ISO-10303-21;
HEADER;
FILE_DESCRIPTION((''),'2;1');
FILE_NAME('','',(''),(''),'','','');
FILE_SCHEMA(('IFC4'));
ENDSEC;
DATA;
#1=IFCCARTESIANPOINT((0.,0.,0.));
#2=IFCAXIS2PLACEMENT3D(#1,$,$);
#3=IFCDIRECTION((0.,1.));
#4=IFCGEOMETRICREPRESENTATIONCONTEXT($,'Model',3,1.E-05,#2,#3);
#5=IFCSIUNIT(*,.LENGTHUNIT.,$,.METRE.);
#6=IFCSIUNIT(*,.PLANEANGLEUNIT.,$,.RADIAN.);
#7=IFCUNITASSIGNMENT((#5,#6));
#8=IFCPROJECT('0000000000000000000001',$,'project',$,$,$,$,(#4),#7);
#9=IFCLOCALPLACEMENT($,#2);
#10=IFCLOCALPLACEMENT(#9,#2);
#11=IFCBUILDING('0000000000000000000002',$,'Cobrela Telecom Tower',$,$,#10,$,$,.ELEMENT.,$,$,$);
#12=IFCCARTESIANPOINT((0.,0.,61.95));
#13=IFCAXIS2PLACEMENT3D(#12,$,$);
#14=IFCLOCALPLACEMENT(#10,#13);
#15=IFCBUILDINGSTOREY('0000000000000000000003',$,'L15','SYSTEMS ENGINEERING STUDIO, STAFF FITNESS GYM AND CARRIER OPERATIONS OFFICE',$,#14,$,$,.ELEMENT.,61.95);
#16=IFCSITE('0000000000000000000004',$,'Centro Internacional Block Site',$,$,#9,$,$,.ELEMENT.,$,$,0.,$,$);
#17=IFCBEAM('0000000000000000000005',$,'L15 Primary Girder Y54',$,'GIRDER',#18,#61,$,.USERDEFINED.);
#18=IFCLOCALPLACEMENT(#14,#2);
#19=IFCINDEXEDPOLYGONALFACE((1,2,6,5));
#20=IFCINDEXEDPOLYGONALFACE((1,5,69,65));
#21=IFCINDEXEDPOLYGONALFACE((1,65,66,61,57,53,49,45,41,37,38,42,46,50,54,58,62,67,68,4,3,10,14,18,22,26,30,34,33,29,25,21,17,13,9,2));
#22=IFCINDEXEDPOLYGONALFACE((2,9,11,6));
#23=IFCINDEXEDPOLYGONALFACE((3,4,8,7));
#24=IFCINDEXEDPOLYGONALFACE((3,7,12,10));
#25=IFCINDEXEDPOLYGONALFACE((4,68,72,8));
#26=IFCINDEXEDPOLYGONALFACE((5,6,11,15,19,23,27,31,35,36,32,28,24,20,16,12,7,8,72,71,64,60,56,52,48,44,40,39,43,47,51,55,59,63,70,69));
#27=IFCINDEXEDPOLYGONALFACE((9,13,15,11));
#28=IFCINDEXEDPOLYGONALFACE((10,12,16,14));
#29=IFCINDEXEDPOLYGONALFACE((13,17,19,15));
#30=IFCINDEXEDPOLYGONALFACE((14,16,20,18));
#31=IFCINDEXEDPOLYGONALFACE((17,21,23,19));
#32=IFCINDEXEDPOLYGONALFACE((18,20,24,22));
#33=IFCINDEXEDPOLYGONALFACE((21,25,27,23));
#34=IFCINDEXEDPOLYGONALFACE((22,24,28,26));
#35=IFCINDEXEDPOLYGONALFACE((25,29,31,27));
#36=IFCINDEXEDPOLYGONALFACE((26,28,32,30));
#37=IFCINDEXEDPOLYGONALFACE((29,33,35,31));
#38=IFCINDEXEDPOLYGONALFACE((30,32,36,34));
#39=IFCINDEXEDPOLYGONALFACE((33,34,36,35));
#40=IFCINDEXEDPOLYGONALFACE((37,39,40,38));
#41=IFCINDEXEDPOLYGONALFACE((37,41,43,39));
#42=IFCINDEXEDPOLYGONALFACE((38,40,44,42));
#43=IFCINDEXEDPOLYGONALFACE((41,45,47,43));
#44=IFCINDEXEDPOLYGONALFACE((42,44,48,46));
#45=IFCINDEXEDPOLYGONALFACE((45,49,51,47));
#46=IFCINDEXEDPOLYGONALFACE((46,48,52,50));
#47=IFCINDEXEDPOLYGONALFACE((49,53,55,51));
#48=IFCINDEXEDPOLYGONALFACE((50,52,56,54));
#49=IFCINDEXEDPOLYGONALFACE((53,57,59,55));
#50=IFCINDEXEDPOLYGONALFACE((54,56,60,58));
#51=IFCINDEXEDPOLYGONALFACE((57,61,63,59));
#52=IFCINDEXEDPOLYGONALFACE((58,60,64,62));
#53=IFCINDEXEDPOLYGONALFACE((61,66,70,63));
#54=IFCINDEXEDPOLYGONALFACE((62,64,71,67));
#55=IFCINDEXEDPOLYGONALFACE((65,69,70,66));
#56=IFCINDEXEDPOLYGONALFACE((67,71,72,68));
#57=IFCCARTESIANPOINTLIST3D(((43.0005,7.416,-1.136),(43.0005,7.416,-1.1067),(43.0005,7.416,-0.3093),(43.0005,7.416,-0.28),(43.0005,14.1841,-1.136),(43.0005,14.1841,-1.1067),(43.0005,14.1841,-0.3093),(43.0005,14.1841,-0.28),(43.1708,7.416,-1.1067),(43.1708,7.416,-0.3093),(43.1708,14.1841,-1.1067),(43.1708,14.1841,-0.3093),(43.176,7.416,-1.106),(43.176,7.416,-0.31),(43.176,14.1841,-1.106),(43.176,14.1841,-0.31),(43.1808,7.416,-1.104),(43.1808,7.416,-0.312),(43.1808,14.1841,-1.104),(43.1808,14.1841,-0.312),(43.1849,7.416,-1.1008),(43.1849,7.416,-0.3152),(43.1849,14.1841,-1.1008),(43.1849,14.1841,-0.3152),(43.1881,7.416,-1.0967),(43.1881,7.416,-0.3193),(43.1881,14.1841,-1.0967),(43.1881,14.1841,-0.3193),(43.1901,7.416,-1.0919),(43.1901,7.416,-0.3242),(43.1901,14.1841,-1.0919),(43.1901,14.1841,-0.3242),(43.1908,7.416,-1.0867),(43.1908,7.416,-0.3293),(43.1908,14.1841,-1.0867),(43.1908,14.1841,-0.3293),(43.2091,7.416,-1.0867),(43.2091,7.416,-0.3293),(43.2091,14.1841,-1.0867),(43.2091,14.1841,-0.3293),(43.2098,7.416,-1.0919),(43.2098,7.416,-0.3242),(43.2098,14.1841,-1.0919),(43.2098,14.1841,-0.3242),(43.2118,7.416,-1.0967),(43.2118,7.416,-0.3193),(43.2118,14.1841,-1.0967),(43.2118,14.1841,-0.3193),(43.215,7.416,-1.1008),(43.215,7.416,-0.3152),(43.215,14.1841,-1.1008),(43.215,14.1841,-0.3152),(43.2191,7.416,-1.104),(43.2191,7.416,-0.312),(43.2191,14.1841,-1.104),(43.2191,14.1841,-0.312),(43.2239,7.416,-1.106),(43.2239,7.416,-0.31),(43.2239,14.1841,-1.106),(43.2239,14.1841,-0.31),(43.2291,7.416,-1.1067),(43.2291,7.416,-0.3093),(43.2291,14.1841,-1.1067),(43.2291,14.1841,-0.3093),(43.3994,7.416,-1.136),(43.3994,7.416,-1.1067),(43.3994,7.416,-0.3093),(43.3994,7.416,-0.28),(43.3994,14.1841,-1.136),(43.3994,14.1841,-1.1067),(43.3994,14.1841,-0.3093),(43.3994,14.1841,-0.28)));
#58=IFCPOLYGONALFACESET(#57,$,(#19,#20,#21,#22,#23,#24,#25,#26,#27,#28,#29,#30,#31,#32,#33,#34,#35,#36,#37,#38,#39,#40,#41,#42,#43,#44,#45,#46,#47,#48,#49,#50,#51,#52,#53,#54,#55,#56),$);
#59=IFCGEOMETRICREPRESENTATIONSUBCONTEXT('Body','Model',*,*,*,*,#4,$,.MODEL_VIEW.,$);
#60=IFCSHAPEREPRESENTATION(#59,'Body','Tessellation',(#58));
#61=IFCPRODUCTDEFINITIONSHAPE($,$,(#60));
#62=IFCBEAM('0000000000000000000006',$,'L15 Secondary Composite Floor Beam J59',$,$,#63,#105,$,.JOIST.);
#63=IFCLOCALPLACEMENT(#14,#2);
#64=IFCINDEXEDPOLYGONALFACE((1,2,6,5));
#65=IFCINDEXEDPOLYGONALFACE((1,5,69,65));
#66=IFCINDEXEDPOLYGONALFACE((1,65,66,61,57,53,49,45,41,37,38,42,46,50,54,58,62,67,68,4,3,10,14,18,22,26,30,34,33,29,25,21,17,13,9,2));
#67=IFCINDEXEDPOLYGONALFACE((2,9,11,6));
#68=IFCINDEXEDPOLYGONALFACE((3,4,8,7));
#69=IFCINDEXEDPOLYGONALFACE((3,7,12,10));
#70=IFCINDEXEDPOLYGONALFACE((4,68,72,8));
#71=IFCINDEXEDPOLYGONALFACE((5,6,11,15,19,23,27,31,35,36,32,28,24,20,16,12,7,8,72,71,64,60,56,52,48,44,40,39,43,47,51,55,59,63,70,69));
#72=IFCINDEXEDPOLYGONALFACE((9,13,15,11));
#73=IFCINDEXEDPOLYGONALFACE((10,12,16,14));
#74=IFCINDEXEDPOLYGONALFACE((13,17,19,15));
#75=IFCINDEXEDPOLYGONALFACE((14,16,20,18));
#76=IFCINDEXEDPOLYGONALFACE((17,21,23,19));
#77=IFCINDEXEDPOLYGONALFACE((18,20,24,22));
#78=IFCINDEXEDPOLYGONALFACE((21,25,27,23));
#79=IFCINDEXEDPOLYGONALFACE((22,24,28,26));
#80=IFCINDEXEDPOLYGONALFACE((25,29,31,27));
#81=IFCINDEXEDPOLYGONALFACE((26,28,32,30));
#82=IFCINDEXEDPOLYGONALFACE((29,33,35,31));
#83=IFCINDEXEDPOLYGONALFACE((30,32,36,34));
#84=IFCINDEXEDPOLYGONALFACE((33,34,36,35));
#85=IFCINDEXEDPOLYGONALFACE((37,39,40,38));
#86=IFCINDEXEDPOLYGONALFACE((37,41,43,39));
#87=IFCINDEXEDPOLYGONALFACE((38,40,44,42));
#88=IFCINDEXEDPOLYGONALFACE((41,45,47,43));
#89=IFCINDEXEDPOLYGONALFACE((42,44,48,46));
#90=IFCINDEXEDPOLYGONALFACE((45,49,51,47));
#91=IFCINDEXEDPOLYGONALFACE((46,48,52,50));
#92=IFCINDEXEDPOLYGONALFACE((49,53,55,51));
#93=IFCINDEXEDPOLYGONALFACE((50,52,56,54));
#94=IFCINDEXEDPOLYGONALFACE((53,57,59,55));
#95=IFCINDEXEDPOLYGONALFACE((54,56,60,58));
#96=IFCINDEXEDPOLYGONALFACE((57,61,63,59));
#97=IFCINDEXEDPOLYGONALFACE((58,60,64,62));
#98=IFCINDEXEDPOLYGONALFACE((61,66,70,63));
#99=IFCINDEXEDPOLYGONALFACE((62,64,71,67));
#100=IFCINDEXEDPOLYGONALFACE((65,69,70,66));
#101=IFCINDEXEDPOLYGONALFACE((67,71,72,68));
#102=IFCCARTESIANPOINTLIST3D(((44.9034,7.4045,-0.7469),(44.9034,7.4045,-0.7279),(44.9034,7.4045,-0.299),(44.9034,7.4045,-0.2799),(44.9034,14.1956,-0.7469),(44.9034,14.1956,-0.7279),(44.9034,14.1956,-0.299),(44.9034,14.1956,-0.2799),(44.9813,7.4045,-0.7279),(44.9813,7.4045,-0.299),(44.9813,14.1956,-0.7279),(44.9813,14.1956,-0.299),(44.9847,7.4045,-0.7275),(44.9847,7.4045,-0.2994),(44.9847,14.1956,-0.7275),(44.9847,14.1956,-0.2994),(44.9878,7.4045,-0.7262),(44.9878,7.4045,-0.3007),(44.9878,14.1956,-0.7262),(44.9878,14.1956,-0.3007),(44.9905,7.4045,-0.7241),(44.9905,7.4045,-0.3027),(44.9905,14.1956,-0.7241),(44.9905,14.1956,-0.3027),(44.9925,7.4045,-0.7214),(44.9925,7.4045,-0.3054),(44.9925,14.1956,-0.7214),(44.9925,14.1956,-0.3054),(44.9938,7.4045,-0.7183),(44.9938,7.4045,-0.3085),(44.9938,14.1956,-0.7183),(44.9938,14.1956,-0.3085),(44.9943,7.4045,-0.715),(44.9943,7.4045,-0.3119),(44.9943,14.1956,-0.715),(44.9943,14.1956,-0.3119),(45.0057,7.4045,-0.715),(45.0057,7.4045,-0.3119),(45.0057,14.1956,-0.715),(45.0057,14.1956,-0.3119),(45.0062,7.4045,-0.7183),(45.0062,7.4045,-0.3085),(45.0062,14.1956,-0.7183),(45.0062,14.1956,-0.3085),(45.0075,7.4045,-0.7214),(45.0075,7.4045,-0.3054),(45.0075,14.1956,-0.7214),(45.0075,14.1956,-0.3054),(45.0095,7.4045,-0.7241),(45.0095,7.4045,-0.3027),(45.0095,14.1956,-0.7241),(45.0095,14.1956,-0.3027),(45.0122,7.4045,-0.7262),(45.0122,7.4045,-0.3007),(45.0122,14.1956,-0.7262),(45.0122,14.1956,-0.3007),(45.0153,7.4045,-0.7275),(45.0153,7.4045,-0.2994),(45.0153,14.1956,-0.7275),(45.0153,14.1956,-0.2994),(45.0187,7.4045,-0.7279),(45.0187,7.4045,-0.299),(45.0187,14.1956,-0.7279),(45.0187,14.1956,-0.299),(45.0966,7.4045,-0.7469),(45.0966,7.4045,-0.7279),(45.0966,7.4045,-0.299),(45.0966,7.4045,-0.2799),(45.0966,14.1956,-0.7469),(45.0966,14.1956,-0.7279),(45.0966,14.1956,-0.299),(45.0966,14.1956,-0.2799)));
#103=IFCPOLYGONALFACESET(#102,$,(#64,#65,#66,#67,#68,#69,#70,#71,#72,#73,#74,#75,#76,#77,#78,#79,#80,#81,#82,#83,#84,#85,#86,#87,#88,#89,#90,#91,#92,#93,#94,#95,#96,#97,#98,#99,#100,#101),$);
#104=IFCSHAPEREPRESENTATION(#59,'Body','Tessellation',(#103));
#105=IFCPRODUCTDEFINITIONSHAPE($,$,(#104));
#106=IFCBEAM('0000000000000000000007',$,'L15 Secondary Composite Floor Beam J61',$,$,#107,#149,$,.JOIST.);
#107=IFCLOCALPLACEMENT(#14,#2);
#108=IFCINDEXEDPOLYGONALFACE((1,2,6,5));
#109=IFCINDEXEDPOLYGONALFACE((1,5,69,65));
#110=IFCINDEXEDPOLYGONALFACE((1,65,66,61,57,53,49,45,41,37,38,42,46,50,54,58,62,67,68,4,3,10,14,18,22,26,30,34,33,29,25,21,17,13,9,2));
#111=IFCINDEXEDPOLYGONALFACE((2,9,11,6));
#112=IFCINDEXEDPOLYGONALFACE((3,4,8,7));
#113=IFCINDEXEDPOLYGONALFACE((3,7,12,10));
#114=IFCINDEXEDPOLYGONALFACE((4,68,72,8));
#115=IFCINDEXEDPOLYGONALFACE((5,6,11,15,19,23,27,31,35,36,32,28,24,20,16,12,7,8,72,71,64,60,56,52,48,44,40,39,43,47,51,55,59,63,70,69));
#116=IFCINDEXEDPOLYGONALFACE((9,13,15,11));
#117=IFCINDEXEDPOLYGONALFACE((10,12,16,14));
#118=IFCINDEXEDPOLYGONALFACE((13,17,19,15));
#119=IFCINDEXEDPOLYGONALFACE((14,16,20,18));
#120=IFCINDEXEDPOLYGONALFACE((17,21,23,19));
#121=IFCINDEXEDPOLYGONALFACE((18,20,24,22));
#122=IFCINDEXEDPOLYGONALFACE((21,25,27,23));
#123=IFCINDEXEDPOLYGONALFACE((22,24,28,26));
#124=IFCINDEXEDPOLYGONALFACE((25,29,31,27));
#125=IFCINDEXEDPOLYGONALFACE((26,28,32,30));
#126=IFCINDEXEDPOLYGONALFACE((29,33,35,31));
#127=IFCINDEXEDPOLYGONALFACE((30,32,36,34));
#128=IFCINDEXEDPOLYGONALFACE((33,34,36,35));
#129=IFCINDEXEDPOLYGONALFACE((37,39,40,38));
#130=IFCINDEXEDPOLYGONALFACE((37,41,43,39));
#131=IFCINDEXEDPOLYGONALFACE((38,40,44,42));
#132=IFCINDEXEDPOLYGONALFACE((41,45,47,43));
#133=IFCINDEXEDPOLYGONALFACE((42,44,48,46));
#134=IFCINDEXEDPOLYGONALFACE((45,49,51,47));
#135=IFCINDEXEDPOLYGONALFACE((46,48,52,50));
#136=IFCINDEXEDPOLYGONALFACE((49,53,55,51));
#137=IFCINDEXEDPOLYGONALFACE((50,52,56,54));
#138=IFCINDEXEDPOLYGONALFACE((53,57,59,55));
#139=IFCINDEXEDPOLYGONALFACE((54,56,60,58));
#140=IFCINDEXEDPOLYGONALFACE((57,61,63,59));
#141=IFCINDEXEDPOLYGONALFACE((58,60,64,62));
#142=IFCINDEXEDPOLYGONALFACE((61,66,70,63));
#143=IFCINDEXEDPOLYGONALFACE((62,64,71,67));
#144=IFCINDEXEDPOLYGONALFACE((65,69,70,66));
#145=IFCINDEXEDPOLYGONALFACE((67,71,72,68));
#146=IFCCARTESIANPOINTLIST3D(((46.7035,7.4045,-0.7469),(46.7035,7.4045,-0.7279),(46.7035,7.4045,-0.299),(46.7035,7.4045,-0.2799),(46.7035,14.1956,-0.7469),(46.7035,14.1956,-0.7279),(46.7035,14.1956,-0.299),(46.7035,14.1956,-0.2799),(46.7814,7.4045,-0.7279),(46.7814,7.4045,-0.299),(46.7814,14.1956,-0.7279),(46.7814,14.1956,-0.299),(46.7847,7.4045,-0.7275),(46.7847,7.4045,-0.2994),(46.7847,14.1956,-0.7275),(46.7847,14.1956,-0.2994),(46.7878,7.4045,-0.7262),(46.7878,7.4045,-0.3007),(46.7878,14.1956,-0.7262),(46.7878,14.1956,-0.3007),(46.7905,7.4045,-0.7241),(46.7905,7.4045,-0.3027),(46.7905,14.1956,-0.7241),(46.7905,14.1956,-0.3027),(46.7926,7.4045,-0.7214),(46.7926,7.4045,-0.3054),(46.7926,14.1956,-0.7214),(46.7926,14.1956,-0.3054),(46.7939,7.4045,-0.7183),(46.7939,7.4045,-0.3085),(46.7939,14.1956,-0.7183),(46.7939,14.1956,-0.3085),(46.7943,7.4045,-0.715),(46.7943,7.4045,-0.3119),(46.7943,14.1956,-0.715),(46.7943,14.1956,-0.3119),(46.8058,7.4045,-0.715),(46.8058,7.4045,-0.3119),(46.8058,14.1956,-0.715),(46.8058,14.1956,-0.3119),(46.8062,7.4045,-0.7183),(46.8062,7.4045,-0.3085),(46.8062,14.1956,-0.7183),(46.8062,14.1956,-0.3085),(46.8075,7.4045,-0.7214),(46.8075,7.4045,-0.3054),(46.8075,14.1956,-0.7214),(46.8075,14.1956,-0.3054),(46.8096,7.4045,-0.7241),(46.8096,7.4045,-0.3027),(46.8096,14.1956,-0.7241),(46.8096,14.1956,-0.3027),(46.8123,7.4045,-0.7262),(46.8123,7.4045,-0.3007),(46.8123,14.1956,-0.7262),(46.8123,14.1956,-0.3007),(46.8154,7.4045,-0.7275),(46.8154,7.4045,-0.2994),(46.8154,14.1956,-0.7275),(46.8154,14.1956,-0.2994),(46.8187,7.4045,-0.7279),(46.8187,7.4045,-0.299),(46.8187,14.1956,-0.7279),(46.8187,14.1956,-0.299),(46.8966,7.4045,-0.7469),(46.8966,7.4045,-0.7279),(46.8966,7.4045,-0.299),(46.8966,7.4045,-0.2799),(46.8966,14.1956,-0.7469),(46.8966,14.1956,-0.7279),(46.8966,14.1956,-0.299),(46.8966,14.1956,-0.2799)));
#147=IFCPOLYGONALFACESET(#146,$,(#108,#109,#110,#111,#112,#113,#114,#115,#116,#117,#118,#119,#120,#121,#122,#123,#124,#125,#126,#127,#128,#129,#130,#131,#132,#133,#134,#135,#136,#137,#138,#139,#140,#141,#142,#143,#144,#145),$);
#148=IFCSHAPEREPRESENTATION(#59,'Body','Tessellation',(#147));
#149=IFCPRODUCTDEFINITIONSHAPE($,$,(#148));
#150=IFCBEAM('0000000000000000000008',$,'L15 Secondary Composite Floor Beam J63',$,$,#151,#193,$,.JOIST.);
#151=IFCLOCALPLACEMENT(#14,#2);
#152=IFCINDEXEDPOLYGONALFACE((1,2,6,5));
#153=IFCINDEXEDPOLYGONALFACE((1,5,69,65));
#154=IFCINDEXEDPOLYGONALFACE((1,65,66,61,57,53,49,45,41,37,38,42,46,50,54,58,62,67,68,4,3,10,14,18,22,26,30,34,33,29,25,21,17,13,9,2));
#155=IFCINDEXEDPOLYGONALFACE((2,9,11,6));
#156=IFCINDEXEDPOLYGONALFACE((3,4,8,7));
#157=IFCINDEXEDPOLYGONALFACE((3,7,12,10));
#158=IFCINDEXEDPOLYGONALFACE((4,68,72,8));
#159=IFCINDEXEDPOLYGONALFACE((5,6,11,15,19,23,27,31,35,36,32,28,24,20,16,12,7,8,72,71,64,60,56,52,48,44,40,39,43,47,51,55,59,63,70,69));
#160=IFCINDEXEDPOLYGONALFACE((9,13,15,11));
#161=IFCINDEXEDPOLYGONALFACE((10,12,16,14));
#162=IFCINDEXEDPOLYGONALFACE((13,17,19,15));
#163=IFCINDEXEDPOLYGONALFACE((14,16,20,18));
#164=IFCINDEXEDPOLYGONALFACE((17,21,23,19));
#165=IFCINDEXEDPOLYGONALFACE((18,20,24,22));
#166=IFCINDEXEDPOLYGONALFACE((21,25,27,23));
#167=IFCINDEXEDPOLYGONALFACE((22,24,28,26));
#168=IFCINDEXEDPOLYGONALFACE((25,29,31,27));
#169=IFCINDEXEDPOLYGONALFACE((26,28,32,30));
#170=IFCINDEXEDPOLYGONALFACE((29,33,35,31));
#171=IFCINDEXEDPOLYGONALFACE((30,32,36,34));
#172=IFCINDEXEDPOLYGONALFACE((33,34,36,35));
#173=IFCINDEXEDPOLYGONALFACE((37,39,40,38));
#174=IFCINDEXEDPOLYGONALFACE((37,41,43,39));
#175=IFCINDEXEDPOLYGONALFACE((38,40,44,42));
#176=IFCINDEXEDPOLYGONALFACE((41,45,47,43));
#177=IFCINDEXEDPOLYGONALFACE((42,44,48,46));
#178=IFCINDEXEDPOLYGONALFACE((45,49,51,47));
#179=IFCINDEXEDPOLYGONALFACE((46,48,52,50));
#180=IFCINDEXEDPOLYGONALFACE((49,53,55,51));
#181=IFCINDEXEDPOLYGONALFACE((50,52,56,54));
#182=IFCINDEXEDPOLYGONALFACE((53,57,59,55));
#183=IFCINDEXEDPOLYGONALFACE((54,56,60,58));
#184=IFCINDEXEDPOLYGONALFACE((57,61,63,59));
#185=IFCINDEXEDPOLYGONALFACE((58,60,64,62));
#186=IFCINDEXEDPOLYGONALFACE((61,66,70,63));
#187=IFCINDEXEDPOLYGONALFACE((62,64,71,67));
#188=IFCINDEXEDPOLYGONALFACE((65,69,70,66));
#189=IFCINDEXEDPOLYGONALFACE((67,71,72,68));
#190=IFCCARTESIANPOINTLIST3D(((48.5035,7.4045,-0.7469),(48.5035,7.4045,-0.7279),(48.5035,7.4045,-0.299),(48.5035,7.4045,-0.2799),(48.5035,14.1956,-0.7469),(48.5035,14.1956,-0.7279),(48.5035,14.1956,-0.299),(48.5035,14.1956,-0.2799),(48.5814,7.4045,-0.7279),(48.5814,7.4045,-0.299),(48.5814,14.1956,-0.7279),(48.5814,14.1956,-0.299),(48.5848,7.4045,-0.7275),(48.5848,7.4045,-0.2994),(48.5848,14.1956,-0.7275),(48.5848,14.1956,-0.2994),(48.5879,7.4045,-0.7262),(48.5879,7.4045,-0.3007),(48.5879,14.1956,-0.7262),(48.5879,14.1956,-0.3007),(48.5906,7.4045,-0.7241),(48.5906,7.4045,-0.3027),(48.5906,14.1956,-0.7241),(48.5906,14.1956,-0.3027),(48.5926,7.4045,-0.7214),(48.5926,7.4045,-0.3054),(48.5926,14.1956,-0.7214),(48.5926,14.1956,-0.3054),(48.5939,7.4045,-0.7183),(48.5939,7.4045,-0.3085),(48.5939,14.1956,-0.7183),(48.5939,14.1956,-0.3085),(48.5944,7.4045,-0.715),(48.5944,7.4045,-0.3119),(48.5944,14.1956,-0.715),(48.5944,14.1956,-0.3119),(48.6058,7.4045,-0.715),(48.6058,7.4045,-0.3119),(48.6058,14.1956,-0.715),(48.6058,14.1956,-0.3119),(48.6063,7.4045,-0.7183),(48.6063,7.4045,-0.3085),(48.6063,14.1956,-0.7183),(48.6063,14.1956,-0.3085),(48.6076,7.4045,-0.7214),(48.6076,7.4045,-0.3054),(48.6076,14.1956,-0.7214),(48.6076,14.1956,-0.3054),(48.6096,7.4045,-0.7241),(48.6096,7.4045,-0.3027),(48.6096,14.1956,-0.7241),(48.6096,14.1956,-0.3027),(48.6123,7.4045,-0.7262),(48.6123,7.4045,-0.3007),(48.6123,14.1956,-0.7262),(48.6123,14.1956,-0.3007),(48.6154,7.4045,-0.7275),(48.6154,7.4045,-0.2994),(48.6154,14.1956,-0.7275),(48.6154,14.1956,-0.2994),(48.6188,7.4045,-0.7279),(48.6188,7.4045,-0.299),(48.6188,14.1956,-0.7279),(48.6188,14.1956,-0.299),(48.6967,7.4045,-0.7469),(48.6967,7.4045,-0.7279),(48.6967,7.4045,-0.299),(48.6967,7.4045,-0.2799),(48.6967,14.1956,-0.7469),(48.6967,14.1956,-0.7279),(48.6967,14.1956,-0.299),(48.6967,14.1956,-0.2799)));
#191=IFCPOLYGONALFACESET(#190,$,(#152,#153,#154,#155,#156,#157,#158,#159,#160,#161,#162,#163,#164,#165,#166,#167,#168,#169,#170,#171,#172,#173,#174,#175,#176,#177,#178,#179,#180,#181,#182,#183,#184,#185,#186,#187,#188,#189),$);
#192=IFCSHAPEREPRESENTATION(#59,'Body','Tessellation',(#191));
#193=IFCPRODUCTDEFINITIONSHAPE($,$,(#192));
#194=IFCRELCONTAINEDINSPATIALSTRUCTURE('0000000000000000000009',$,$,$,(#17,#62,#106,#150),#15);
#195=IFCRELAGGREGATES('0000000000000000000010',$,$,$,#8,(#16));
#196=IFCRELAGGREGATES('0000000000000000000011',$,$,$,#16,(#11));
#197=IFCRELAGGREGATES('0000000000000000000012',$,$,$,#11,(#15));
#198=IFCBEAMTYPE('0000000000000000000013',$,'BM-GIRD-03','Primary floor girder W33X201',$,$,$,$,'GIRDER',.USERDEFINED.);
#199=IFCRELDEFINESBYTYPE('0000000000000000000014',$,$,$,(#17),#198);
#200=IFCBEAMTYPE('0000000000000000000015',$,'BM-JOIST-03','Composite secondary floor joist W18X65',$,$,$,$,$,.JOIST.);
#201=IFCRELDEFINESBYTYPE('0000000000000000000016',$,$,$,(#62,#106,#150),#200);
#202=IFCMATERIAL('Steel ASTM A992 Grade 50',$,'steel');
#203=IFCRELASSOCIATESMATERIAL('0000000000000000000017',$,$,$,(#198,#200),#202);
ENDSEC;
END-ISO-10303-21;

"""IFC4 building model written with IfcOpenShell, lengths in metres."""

from ifc_helpers import new_model, si_unit, direction, frame, origin, origin_2d, place, context, subcontext, project, spatial, i_section, extrude, material, material_profile, profile_set, type_object, element, save


model = new_model("IFC4")

# Units and contexts
model_context = context("Model", 3, precision=1e-05, world=origin(), true_north=direction((0.0, 1.0)))
body_context = subcontext(model_context, "Body", "Model", "MODEL_VIEW")
ifc_project = project(units=[si_unit("LENGTHUNIT", "METRE"), si_unit("PLANEANGLEUNIT", "RADIAN")], contexts=[model_context])

# Site, building, storey
site_placement = place(None, origin())
site = spatial("IfcSite", under=ifc_project, at=site_placement, Name="Centro Internacional Block Site", CompositionType="ELEMENT", RefElevation=0.0)
building_placement = place(site_placement, origin())
building = spatial("IfcBuilding", under=site, at=building_placement, Name="Cobrela Telecom Tower", CompositionType="ELEMENT")
storey_placement = place(building_placement, frame((0.0, 0.0, 61.95)))
storey = spatial("IfcBuildingStorey", under=building, at=storey_placement, Name="L15", Description="SYSTEMS ENGINEERING STUDIO, STAFF FITNESS GYM AND CARRIER OPERATIONS OFFICE", CompositionType="ELEMENT", Elevation=61.95)

# Shared definitions
ifc_material_1 = material(Name="Steel ASTM A992 Grade 50", Category="steel")

# Beams
ifc_material_profile_1 = material_profile(ifc_material_1, i_section(OverallWidth=0.3989, OverallDepth=0.856, WebThickness=0.0183, FlangeThickness=0.0293, FilletRadius=0.02, at=origin_2d()), Name="W33X201")
ifc_profile_set_1 = profile_set([ifc_material_profile_1], Name="Steel ASTM A992 Grade 50")
beam_type_1 = type_object("IfcBeamType", Name="BM-GIRD-03", Description="Primary floor girder W33X201", ElementType="GIRDER", PredefinedType="USERDEFINED", material=ifc_profile_set_1)
beam_1_placement = place(storey_placement, frame((43.2, 7.416, -0.708), z_axis=(0.0, 1.0, 0.0), x_axis=(-1.0, 0.0, 0.0)))
element("IfcBeam", 1, at=beam_1_placement, inside=storey, type_object=beam_type_1, Name="L15 Primary Girder Y54", ObjectType="GIRDER", PredefinedType="USERDEFINED", context=body_context, shape_type="SweptSolid", body=[
    extrude(i_section(OverallWidth=0.3989, OverallDepth=0.856, WebThickness=0.0183, FlangeThickness=0.0293, FilletRadius=0.02, at=origin_2d()), origin(), (0.0, 0.0, 1.0), 6.7681),
])
ifc_material_profile_2 = material_profile(ifc_material_1, i_section(OverallWidth=0.1931, OverallDepth=0.467, WebThickness=0.0115, FlangeThickness=0.019, FilletRadius=0.0129, at=origin_2d()), Name="W18X65")
ifc_profile_set_2 = profile_set([ifc_material_profile_2], Name="Steel ASTM A992 Grade 50")
beam_type_2 = type_object("IfcBeamType", Name="BM-JOIST-03", Description="Composite secondary floor joist W18X65", PredefinedType="JOIST", material=ifc_profile_set_2)
for number, where, z_axis, x_axis, name in (
    (2, (45.0, 7.4045, -0.5134), (0.0, 1.0, 0.0), (-1.0, 0.0, 0.0), "L15 Secondary Composite Floor Beam J59"),
    (3, (46.8, 7.4045, -0.5134), (0.0, 1.0, 0.0), (-1.0, 0.0, 0.0), "L15 Secondary Composite Floor Beam J61"),
    (4, (48.6001, 7.4045, -0.5134), (0.0, 1.0, 0.0), (-1.0, 0.0, 0.0), "L15 Secondary Composite Floor Beam J63"),
):
    element("IfcBeam", number, at=place(storey_placement, frame(where, z_axis=z_axis, x_axis=x_axis)), inside=storey, type_object=beam_type_2, Name=name, PredefinedType="JOIST", context=body_context, shape_type="SweptSolid", body=[
        extrude(i_section(OverallWidth=0.1931, OverallDepth=0.467, WebThickness=0.0115, FlangeThickness=0.019, FilletRadius=0.0129, at=origin_2d()), origin(), (0.0, 0.0, 1.0), 6.791),
    ])

save(model, "model.ifc")
